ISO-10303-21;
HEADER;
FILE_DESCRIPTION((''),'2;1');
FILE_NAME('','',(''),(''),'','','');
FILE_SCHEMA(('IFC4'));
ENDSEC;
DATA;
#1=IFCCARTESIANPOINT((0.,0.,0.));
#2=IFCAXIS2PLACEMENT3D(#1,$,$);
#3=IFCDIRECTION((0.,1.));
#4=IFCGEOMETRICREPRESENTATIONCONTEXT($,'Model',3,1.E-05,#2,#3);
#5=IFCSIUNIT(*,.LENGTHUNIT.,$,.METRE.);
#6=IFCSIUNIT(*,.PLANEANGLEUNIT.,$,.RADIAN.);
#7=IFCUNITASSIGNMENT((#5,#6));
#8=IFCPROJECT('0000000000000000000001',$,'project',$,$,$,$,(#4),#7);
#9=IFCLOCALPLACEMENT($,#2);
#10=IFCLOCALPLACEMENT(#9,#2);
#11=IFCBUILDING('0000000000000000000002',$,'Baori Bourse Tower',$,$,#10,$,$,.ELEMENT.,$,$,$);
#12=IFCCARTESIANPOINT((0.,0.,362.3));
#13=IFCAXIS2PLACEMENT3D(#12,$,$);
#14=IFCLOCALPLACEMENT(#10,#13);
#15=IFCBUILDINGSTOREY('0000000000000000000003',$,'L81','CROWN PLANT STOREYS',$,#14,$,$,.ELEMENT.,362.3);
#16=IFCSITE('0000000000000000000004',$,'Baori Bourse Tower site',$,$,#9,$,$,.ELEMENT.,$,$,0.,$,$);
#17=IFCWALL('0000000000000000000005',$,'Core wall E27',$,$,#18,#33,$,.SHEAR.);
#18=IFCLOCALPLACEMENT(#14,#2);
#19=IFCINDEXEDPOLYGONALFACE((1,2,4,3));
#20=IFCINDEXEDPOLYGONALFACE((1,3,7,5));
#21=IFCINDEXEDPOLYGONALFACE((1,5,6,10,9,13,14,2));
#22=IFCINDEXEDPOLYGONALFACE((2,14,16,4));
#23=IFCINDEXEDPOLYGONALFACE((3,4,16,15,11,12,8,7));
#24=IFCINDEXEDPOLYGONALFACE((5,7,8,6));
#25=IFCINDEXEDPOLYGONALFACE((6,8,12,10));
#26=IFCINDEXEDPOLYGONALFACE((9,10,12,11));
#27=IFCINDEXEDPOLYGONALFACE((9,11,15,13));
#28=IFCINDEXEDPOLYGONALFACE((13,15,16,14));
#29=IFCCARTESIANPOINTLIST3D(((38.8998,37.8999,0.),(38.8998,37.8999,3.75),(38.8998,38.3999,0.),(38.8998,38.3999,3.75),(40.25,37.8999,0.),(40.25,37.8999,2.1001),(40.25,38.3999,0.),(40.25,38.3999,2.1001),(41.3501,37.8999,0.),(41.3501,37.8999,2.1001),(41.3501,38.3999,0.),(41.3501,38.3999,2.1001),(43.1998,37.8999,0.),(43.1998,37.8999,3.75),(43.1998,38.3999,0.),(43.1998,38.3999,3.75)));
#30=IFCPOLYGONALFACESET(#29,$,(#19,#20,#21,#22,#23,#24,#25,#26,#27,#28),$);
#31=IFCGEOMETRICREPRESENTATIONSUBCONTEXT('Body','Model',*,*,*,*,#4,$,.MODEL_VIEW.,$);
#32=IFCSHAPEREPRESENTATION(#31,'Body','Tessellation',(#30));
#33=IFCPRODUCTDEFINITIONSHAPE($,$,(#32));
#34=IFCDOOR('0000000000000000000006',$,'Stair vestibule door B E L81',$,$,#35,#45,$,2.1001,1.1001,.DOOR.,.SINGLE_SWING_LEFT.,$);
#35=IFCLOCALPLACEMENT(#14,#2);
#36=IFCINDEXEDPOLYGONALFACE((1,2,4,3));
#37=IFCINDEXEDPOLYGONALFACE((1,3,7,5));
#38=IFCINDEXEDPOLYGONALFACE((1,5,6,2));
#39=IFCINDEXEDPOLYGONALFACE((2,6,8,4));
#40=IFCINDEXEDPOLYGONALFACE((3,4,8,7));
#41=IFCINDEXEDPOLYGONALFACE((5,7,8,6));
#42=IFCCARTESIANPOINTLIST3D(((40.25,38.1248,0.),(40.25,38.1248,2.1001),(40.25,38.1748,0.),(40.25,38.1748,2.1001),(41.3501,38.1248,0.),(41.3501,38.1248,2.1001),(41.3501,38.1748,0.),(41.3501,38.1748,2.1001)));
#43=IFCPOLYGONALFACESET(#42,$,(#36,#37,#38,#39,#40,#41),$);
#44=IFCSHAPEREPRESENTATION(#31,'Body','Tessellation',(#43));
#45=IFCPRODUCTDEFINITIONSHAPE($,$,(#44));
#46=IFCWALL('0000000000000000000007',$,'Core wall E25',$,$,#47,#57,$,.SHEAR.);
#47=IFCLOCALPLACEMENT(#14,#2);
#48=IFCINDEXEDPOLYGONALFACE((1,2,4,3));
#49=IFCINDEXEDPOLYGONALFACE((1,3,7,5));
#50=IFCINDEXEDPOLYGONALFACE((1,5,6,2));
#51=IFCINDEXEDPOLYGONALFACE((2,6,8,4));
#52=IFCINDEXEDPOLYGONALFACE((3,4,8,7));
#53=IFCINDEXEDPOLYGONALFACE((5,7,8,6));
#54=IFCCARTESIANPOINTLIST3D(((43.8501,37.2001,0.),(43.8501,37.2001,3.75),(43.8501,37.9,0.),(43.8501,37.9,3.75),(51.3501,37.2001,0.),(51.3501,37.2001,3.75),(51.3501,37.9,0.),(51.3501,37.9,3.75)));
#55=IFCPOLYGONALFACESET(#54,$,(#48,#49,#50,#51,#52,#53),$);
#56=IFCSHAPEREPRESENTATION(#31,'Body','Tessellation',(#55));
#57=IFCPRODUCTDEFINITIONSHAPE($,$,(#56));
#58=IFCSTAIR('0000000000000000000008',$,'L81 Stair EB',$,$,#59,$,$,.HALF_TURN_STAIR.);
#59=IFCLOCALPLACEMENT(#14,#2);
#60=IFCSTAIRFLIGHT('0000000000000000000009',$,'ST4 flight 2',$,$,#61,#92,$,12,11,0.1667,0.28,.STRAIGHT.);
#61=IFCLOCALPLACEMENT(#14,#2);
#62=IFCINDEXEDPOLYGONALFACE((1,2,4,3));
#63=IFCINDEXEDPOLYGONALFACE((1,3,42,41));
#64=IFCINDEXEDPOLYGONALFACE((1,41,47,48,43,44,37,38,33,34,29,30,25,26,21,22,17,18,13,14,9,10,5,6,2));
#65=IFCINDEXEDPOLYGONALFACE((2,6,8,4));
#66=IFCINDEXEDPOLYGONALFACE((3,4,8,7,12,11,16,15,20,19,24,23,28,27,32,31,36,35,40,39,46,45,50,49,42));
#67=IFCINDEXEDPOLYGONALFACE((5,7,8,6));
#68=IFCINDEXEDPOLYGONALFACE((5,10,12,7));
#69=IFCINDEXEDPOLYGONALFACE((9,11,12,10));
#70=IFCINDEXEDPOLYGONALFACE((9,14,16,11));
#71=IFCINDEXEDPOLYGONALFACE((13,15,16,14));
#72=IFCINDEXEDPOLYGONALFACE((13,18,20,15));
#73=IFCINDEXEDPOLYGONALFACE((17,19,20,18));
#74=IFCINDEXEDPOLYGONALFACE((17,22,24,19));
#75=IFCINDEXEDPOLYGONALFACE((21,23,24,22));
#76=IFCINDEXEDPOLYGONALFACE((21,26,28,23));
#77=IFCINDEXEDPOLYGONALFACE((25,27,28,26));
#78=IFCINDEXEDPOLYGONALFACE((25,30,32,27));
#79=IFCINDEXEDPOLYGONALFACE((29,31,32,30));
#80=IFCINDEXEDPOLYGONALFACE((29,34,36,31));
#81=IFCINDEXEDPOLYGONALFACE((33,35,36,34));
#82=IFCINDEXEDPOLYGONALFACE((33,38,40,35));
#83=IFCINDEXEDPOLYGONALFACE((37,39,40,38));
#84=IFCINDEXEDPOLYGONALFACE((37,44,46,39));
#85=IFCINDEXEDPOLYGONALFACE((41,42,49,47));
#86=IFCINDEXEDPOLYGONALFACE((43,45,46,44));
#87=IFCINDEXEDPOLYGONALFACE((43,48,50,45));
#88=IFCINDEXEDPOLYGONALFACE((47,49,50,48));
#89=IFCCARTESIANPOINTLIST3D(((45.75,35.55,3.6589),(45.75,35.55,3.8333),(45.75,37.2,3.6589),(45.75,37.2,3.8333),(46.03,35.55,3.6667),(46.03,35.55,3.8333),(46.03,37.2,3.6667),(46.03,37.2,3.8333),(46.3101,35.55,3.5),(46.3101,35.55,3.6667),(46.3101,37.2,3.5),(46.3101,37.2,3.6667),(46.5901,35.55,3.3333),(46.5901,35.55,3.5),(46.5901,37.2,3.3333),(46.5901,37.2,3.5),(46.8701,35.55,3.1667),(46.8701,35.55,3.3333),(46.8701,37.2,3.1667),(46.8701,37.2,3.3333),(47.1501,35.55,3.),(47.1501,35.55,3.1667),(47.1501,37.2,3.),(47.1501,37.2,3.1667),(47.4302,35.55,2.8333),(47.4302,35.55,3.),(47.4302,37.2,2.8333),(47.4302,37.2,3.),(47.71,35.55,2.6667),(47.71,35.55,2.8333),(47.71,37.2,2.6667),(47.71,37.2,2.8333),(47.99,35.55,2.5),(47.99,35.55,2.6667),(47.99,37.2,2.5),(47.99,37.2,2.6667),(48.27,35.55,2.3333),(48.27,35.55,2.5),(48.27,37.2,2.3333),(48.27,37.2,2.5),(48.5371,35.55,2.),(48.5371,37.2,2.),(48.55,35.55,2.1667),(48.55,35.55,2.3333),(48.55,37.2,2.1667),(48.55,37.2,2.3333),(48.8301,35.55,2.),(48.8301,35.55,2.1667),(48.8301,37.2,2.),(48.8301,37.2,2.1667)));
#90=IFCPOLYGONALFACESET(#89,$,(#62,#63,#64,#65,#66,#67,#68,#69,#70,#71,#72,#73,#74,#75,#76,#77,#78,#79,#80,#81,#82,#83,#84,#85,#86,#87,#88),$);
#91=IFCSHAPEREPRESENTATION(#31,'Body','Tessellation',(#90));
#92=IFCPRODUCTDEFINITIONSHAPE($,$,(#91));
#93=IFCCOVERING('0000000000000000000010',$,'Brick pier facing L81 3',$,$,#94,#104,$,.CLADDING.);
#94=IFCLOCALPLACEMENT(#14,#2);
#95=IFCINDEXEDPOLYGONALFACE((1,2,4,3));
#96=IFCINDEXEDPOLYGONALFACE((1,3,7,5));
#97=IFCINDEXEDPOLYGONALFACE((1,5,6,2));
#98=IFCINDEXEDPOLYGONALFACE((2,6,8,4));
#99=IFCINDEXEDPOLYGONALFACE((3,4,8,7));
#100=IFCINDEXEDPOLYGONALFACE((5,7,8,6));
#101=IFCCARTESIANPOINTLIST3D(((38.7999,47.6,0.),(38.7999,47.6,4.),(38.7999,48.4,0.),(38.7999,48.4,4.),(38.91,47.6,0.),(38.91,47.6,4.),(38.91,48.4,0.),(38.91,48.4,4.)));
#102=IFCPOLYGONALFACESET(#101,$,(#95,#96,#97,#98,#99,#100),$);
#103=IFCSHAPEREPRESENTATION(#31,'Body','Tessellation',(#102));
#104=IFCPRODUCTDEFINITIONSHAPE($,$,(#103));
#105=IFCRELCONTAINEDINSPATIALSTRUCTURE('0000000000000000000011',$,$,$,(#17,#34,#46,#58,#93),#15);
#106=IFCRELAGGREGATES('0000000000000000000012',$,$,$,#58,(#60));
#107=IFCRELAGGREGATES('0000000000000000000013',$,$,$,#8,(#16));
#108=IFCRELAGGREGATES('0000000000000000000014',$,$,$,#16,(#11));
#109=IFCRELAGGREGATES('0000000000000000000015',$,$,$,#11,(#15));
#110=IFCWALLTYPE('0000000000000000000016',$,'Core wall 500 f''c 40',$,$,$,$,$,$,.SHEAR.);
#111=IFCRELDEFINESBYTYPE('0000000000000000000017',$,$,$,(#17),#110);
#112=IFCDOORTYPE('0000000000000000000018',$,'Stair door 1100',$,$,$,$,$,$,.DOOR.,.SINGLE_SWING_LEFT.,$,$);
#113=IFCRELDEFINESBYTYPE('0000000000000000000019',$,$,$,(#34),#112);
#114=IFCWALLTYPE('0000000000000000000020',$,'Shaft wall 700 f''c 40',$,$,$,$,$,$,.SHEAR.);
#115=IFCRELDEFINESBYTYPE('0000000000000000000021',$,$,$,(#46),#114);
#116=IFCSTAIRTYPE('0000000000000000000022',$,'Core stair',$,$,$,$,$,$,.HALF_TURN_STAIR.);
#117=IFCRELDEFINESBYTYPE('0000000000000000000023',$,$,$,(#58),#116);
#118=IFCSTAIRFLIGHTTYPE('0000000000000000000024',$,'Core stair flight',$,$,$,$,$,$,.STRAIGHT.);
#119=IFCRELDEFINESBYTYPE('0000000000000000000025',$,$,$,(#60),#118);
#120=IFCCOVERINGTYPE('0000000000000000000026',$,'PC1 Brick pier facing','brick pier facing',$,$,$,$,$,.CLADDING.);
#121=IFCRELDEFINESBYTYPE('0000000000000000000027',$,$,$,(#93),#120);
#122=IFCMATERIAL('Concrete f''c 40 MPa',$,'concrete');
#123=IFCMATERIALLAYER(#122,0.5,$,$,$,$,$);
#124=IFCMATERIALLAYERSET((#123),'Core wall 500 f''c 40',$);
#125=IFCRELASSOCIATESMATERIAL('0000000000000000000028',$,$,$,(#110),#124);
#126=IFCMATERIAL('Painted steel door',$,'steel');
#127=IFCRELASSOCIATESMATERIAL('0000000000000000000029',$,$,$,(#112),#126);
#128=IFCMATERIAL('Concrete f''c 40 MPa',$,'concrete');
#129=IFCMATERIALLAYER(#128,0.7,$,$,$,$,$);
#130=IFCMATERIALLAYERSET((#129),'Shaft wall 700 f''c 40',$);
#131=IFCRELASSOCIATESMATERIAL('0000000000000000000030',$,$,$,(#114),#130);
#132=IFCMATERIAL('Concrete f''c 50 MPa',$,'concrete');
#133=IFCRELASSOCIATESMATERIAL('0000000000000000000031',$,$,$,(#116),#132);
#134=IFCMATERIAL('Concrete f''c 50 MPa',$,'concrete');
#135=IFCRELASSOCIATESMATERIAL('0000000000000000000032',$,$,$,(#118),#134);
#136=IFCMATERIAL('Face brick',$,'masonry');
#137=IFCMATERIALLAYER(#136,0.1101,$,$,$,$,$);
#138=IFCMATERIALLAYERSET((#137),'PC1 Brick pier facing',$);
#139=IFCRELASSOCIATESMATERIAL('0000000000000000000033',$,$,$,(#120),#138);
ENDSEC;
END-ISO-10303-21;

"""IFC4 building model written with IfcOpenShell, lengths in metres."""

from ifc_helpers import new_model, si_unit, direction, frame, frame_2d, origin, origin_2d, place, context, subcontext, project, spatial, polyline, rectangle, outline, extrude, material, layer, layer_set, type_object, element, fill, aggregate, save


model = new_model("IFC4")

# Units and contexts
model_context = context("Model", 3, precision=1e-05, world=origin(), true_north=direction((0.0, 1.0)))
body_context = subcontext(model_context, "Body", "Model", "MODEL_VIEW")
ifc_project = project(units=[si_unit("LENGTHUNIT", "METRE"), si_unit("PLANEANGLEUNIT", "RADIAN")], contexts=[model_context])

# Site, building, storey
site_placement = place(None, origin())
site = spatial("IfcSite", under=ifc_project, at=site_placement, Name="Baori Bourse Tower site", CompositionType="ELEMENT", RefElevation=0.0)
building_placement = place(site_placement, origin())
building = spatial("IfcBuilding", under=site, at=building_placement, Name="Baori Bourse Tower", CompositionType="ELEMENT")
storey_placement = place(building_placement, frame((0.0, 0.0, 362.3)))
storey = spatial("IfcBuildingStorey", under=building, at=storey_placement, Name="L81", Description="CROWN PLANT STOREYS", CompositionType="ELEMENT", Elevation=362.3)

# Shared definitions
ifc_material_1 = material(Name="Concrete f'c 40 MPa", Category="concrete")
ifc_layer_1 = layer(ifc_material_1, 0.5)
ifc_layer_set_1 = layer_set([ifc_layer_1], Name="Core wall 500 f'c 40")
wall_type_1 = type_object("IfcWallType", Name="Core wall 500 f'c 40", PredefinedType="SHEAR", material=ifc_layer_set_1)

# Wall, opening, door
wall_1_placement = place(storey_placement, frame((38.8999, 38.1499, 0.0), z_axis=(0.0, 0.0, 1.0), x_axis=(1.0, 0.0, 0.0)))
wall_1 = element("IfcWall", 1, at=wall_1_placement, inside=storey, type_object=wall_type_1, Name="Core wall E27", PredefinedType="SHEAR", context=body_context, shape_type="SweptSolid", body=[
    extrude(rectangle(XDim=4.3, YDim=0.5, at=frame_2d((2.1499, 0.0))), origin(), (0.0, 0.0, 1.0), 3.75),
])
opening_placement = place(wall_1_placement, frame((1.3501, 0.0, 0.0)))
opening = element("IfcOpeningElement", 2, at=opening_placement, cuts=wall_1, PredefinedType="OPENING", context=body_context, shape_type="SweptSolid", body=[
    extrude(rectangle(XDim=1.1001, YDim=2.1001, at=frame_2d((0.55, 1.05))), frame((0.0, 0.26, 0.0), z_axis=(0.0, -1.0, 0.0), x_axis=(1.0, 0.0, 0.0)), (0.0, 0.0, 1.0), 0.52),
])
ifc_material_2 = material(Name="Painted steel door", Category="steel")
door_type = type_object("IfcDoorType", Name="Stair door 1100", OperationType="SINGLE_SWING_LEFT", PredefinedType="DOOR", material=ifc_material_2)
door_placement = place(opening_placement, origin())
door = element("IfcDoor", 3, at=door_placement, inside=storey, type_object=door_type, Name="Stair vestibule door B E L81", OperationType="SINGLE_SWING_LEFT", OverallHeight=2.1001, OverallWidth=1.1001, PredefinedType="DOOR", context=body_context, shape_type="SweptSolid", body=[
    extrude(rectangle(XDim=1.1001, YDim=2.1001, at=frame_2d((0.55, 1.05))), frame((0.0, 0.0249, 0.0), z_axis=(0.0, -1.0, 0.0), x_axis=(1.0, 0.0, 0.0)), (0.0, 0.0, 1.0), 0.05),
])
fill(opening, door)

# Wall
ifc_material_3 = material(Name="Concrete f'c 40 MPa", Category="concrete")
ifc_layer_2 = layer(ifc_material_3, 0.7)
ifc_layer_set_2 = layer_set([ifc_layer_2], Name="Shaft wall 700 f'c 40")
wall_type_2 = type_object("IfcWallType", Name="Shaft wall 700 f'c 40", PredefinedType="SHEAR", material=ifc_layer_set_2)
wall_2_placement = place(storey_placement, frame((43.8501, 37.55, 0.0), z_axis=(0.0, 0.0, 1.0), x_axis=(1.0, 0.0, 0.0)))
element("IfcWall", 4, at=wall_2_placement, inside=storey, type_object=wall_type_2, Name="Core wall E25", PredefinedType="SHEAR", context=body_context, shape_type="SweptSolid", body=[
    extrude(rectangle(XDim=7.5, YDim=0.7, at=frame_2d((3.75, 0.0))), origin(), (0.0, 0.0, 1.0), 3.75),
])

# Stair, stair flight
ifc_material_4 = material(Name="Concrete f'c 50 MPa", Category="concrete")
stair_type = type_object("IfcStairType", Name="Core stair", PredefinedType="HALF_TURN_STAIR", material=ifc_material_4)
stair_placement = place(storey_placement, origin())
stair = element("IfcStair", 5, at=stair_placement, inside=storey, type_object=stair_type, Name="L81 Stair EB", PredefinedType="HALF_TURN_STAIR")
ifc_material_5 = material(Name="Concrete f'c 50 MPa", Category="concrete")
stair_flight_type = type_object("IfcStairFlightType", Name="Core stair flight", PredefinedType="STRAIGHT", material=ifc_material_5)
stair_flight_placement = place(storey_placement, frame((48.8301, 36.375, 2.0), z_axis=(0.0, 0.0, 1.0), x_axis=(-1.0, 0.0, 0.0)))
stair_flight = element("IfcStairFlight", 6, at=stair_flight_placement, type_object=stair_flight_type, Name="ST4 flight 2", NumberOfRisers=12, NumberOfTreads=11, PredefinedType="STRAIGHT", RiserHeight=0.1667, TreadLength=0.28, context=body_context, shape_type="SweptSolid", body=[
    extrude(outline(polyline([(0.0, 0.0), (0.0, 0.1667), (0.28, 0.1667), (0.28, 0.3333), (0.5601, 0.3333), (0.5601, 0.5), (0.8401, 0.5), (0.8401, 0.6667), (1.1201, 0.6667), (1.1201, 0.8333), (1.3999, 0.8333), (1.3999, 1.0), (1.6799, 1.0), (1.6799, 1.1667), (1.96, 1.1667), (1.96, 1.3333), (2.24, 1.3333), (2.24, 1.5), (2.52, 1.5), (2.52, 1.6667), (2.8, 1.6667), (2.8, 1.8333), (3.0801, 1.8333), (3.0801, 2.0), (3.0801, 1.6589), (0.293, 0.0), (0.0, 0.0)])), frame((0.0, 0.825, 0.0), z_axis=(0.0, -1.0, 0.0), x_axis=(1.0, 0.0, 0.0)), (0.0, 0.0, 1.0), 1.6499),
])
aggregate(stair, [stair_flight])

# Covering
ifc_material_6 = material(Name="Face brick", Category="masonry")
ifc_layer_3 = layer(ifc_material_6, 0.1101)
ifc_layer_set_3 = layer_set([ifc_layer_3], Name="PC1 Brick pier facing")
covering_type = type_object("IfcCoveringType", Name="PC1 Brick pier facing", Description="brick pier facing", PredefinedType="CLADDING", material=ifc_layer_set_3)
covering_placement = place(storey_placement, frame((38.855, 48.0, 0.0), z_axis=(0.0, 0.0, 1.0), x_axis=(1.0, 0.0, 0.0)))
element("IfcCovering", 7, at=covering_placement, inside=storey, type_object=covering_type, Name="Brick pier facing L81 3", PredefinedType="CLADDING", context=body_context, shape_type="SweptSolid", body=[
    extrude(rectangle(XDim=0.1101, YDim=0.8, at=origin_2d()), origin(), (0.0, 0.0, 1.0), 4.0),
])

save(model, "model.ifc")
